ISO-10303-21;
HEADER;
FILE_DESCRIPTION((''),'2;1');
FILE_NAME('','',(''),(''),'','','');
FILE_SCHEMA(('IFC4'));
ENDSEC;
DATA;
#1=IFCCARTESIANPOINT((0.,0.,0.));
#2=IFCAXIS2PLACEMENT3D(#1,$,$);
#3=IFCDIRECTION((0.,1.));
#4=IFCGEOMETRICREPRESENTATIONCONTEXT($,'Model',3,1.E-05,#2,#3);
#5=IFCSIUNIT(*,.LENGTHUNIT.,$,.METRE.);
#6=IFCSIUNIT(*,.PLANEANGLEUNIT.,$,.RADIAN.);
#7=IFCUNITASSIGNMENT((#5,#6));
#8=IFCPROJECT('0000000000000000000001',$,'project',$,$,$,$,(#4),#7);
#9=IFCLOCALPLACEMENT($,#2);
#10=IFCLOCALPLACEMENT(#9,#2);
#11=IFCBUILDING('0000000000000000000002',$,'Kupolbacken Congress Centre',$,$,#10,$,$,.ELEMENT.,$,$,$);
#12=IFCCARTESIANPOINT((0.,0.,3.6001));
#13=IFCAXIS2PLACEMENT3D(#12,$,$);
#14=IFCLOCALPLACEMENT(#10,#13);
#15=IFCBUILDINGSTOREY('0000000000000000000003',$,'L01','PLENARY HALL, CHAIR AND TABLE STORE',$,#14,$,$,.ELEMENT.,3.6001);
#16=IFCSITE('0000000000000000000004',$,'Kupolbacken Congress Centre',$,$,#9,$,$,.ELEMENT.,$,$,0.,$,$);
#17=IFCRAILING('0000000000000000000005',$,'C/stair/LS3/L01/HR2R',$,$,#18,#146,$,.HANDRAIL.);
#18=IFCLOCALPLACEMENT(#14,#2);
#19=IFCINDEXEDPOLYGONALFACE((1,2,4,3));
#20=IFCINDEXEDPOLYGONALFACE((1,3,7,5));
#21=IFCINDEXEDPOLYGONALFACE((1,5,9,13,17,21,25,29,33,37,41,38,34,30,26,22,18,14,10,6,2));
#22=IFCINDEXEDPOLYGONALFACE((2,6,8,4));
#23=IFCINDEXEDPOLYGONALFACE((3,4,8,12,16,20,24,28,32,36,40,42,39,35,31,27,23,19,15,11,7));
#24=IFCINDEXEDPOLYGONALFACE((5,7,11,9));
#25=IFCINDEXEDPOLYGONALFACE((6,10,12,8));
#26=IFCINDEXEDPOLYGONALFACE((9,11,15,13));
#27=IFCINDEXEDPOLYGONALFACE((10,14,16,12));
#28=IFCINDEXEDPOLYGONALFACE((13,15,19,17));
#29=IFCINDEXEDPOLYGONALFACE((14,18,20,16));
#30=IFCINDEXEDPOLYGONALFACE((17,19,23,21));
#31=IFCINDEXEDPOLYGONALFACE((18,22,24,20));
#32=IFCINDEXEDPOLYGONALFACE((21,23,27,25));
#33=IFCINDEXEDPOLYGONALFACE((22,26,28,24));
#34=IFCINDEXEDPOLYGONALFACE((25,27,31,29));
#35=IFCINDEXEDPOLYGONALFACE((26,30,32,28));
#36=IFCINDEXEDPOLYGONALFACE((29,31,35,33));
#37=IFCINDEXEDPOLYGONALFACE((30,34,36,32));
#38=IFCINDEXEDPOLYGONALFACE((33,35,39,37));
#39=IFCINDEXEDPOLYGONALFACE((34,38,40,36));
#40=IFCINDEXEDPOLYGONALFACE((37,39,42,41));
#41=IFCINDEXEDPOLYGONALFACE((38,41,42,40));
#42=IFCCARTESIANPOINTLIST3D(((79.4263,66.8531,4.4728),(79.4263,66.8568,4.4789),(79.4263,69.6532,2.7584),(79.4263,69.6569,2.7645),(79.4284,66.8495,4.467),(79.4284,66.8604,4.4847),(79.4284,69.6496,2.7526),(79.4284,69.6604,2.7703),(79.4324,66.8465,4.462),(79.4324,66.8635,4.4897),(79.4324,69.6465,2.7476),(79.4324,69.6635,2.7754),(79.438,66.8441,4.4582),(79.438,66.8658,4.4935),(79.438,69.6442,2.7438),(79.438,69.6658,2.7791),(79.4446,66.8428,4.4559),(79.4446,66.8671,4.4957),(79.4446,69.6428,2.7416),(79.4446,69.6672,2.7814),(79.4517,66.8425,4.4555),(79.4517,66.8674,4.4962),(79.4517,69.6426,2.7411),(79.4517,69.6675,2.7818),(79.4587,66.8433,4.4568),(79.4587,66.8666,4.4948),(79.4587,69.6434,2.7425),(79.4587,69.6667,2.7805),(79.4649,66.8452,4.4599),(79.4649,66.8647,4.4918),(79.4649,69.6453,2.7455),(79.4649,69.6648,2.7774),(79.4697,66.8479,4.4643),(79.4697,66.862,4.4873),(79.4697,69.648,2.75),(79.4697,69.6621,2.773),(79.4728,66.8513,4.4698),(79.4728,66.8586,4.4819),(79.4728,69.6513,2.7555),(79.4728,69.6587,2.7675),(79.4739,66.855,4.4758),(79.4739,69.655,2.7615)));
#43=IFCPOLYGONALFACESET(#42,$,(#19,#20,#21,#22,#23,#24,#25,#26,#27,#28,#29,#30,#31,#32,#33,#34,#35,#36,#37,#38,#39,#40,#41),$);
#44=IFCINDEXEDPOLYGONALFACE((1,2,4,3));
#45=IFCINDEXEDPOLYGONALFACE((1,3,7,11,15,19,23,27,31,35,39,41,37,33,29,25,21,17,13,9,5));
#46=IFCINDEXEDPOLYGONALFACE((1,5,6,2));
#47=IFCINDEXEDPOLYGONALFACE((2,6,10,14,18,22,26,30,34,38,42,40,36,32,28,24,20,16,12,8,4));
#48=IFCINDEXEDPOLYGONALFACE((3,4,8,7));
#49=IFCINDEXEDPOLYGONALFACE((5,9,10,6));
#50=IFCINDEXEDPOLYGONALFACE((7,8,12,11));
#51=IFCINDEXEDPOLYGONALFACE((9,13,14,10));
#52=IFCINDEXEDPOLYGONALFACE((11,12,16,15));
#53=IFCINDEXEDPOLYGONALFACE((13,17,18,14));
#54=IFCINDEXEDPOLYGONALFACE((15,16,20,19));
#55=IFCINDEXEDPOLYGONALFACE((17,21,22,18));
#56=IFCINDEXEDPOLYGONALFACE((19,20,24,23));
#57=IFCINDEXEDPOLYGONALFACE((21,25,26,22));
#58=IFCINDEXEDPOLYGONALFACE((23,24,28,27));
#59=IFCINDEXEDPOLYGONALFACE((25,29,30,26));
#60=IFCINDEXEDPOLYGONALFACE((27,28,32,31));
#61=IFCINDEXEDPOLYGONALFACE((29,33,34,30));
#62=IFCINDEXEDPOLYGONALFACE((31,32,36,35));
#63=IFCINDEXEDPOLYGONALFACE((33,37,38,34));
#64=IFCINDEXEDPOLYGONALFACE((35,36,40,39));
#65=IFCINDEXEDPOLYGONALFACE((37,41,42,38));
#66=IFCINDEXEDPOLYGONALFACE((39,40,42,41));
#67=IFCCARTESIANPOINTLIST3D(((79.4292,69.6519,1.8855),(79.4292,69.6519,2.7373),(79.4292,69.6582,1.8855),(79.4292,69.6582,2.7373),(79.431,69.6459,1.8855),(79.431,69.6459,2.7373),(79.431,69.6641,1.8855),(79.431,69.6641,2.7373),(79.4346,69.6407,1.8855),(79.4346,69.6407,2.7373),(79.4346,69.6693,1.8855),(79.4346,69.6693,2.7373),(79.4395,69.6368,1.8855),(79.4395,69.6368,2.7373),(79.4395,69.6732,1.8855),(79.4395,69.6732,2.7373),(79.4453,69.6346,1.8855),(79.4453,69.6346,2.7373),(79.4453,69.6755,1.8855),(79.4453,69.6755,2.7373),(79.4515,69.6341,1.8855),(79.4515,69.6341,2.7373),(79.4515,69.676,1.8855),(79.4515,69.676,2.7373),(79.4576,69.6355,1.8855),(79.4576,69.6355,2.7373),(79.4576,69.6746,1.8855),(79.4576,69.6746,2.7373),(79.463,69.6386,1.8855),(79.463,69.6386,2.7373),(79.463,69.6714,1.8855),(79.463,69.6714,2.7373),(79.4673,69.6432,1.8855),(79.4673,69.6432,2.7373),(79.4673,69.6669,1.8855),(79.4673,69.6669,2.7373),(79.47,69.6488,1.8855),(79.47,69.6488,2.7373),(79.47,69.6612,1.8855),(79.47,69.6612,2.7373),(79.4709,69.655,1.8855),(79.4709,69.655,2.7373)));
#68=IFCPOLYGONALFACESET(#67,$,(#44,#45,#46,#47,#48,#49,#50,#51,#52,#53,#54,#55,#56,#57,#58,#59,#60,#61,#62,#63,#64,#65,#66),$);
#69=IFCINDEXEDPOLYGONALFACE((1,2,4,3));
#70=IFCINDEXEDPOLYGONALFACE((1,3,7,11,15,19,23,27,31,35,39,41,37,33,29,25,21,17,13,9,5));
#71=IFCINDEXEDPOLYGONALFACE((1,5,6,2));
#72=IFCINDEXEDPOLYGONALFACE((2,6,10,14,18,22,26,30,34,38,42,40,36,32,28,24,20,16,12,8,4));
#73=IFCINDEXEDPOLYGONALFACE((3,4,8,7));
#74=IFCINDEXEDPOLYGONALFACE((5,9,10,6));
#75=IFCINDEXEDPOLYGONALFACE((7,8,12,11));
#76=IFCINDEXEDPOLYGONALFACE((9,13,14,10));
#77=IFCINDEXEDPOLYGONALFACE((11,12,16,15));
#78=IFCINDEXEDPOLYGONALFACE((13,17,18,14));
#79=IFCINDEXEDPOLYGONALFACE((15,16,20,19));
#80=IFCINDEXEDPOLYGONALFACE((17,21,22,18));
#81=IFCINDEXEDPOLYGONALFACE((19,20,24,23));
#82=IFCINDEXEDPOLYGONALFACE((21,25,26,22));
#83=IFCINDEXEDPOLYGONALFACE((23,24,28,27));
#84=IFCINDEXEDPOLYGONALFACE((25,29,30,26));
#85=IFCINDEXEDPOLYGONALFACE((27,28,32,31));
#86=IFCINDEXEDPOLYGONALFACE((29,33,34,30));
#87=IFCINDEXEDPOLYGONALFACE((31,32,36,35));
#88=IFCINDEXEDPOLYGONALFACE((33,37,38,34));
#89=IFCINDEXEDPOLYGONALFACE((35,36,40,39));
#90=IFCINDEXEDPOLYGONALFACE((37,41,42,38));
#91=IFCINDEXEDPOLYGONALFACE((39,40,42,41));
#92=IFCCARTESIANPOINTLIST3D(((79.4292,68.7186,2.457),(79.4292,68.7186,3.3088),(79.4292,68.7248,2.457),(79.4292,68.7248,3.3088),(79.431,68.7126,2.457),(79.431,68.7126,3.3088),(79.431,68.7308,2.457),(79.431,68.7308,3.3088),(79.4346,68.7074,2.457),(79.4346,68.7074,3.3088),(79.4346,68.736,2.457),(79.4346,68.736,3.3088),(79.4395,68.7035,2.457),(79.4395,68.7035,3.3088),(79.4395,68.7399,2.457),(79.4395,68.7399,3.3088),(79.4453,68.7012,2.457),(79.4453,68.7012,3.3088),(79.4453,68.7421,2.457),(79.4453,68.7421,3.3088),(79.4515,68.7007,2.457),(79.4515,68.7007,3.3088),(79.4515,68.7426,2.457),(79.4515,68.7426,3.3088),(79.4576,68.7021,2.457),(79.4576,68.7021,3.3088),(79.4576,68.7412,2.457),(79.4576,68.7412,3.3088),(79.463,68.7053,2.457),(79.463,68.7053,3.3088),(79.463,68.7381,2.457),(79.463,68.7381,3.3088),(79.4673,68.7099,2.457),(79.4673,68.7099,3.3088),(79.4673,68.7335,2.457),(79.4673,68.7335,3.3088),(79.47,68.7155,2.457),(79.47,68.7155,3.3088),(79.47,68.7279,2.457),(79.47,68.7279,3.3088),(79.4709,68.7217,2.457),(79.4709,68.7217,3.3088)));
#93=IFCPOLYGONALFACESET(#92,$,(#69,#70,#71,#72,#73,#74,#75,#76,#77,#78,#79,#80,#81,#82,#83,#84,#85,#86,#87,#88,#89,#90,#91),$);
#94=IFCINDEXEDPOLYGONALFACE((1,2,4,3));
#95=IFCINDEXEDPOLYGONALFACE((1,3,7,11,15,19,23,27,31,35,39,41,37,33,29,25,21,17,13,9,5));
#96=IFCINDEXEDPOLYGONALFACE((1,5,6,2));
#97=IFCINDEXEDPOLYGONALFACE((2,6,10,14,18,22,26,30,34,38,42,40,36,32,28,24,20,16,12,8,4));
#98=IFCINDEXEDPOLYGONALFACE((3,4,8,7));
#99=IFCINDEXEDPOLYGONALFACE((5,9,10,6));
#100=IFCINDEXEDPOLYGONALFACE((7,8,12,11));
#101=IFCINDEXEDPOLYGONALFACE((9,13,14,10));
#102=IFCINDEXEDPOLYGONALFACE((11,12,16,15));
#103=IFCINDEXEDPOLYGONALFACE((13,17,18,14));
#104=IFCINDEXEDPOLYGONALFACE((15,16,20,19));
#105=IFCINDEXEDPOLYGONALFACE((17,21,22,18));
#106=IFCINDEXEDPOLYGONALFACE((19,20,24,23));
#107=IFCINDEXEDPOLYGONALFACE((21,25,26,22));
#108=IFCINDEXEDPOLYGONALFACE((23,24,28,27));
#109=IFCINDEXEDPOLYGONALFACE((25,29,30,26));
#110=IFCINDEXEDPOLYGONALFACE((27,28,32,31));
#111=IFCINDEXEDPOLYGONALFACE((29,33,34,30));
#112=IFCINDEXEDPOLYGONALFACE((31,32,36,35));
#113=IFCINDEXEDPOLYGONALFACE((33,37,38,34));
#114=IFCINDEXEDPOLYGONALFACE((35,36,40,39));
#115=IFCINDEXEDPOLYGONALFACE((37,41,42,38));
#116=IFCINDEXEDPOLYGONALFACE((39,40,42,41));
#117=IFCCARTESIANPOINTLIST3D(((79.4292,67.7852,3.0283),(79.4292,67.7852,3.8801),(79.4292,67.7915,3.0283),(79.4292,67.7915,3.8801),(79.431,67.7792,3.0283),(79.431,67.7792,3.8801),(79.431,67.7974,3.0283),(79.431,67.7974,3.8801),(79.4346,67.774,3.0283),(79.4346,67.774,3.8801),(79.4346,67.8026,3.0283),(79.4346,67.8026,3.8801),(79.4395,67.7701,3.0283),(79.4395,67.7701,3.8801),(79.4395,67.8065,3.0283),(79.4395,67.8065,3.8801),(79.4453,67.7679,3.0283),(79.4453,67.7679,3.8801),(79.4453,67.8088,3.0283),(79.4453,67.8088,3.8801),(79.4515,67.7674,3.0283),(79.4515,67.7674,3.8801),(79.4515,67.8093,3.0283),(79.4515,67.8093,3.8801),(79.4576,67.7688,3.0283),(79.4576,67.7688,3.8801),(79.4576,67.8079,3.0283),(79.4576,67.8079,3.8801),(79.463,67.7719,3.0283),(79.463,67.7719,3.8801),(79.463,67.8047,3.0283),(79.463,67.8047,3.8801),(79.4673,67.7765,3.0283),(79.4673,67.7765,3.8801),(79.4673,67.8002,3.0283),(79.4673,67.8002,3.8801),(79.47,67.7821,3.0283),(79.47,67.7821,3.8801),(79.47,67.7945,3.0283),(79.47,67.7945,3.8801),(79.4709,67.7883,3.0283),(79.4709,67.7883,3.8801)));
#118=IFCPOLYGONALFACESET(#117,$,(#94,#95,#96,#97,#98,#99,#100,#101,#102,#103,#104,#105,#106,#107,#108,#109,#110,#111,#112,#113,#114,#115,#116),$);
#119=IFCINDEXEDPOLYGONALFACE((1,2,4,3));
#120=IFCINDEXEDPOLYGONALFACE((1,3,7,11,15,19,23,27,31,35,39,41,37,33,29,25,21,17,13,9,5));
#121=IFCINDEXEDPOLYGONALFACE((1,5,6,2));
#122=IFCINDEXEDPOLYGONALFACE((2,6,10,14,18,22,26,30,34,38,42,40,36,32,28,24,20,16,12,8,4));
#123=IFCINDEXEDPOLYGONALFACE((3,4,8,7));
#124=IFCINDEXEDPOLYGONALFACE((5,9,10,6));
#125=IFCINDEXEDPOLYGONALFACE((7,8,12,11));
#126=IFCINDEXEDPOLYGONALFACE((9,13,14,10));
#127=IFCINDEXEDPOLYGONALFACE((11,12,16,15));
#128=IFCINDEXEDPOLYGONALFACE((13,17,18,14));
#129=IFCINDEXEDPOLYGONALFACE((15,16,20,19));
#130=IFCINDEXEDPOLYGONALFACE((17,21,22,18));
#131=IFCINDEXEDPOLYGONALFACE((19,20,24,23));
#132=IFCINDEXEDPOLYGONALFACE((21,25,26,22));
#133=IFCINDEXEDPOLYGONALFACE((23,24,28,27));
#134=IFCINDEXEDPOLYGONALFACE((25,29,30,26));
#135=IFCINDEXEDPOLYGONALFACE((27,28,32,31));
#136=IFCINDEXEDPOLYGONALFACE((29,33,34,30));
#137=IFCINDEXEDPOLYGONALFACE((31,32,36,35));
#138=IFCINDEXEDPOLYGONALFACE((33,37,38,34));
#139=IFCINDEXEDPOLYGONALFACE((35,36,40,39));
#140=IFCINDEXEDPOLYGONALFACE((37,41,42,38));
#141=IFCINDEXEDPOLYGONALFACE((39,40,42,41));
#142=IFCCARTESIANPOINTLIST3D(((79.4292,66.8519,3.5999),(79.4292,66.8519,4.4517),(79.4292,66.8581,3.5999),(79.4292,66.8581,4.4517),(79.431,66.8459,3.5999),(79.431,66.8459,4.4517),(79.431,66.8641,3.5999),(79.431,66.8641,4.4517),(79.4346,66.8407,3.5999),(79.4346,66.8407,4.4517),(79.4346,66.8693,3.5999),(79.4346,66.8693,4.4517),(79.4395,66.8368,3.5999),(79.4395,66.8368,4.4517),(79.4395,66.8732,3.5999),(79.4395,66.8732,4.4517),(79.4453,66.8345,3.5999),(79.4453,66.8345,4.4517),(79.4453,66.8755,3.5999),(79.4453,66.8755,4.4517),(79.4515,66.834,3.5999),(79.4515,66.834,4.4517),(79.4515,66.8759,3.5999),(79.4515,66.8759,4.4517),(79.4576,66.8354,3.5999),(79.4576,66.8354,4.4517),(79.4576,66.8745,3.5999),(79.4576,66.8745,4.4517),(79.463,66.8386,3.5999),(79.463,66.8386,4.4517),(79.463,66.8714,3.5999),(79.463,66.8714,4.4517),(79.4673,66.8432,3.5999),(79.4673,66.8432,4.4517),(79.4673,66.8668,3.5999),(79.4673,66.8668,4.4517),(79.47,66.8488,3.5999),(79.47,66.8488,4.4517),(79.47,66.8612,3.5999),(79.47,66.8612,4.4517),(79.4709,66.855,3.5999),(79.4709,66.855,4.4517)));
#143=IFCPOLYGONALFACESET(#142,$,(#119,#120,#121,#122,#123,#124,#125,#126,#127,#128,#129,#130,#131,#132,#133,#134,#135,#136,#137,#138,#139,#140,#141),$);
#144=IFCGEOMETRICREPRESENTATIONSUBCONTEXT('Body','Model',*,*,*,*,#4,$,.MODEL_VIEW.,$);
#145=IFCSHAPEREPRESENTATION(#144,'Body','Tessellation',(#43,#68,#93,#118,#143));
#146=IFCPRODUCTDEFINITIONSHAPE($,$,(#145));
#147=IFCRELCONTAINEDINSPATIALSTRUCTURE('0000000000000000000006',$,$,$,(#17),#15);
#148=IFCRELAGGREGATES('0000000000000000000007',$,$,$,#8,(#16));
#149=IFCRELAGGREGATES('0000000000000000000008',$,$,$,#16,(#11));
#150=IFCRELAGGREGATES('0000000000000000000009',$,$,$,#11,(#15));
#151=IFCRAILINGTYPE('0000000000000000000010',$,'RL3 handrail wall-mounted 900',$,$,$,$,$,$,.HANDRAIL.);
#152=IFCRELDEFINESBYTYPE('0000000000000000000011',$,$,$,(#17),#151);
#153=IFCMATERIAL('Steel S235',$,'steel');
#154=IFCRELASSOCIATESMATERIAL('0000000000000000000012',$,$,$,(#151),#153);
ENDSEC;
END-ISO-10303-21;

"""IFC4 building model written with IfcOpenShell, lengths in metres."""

from ifc_helpers import new_model, si_unit, direction, frame, origin, origin_2d, place, context, subcontext, project, spatial, circle, extrude, material, type_object, element, save


model = new_model("IFC4")

# Units and contexts
model_context = context("Model", 3, precision=1e-05, world=origin(), true_north=direction((0.0, 1.0)))
body_context = subcontext(model_context, "Body", "Model", "MODEL_VIEW")
ifc_project = project(units=[si_unit("LENGTHUNIT", "METRE"), si_unit("PLANEANGLEUNIT", "RADIAN")], contexts=[model_context])

# Site, building, storey
site_placement = place(None, origin())
site = spatial("IfcSite", under=ifc_project, at=site_placement, Name="Kupolbacken Congress Centre", CompositionType="ELEMENT", RefElevation=0.0)
building_placement = place(site_placement, origin())
building = spatial("IfcBuilding", under=site, at=building_placement, Name="Kupolbacken Congress Centre", CompositionType="ELEMENT")
storey_placement = place(building_placement, frame((0.0, 0.0, 3.6001)))
storey = spatial("IfcBuildingStorey", under=building, at=storey_placement, Name="L01", Description="PLENARY HALL, CHAIR AND TABLE STORE", CompositionType="ELEMENT", Elevation=3.6001)

# Railing
ifc_material_1 = material(Name="Steel S235", Category="steel")
railing_type = type_object("IfcRailingType", Name="RL3 handrail wall-mounted 900", PredefinedType="HANDRAIL", material=ifc_material_1)
for number, where, name in (
    (1, (79.45, 69.655, 1.8855), "C/stair/LS3/L01/HR2R"),
):
    element("IfcRailing", number, at=place(storey_placement, frame(where)), inside=storey, type_object=railing_type, Name=name, PredefinedType="HANDRAIL", context=body_context, shape_type="SweptSolid", body=[
        extrude(circle(Radius=0.0239, at=origin_2d()), frame((0.0, 0.0, 0.876), z_axis=(0.0, -0.852846, 0.522163), x_axis=(1.0, 0.0, 0.0)), (0.0, 0.0, 1.0), 3.2832),
        extrude(circle(Radius=0.021, at=origin_2d()), origin(), (0.0, 0.0, 1.0), 0.8518),
        extrude(circle(Radius=0.021, at=origin_2d()), frame((0.0, -0.9333, 0.5715)), (0.0, 0.0, 1.0), 0.8518),
        extrude(circle(Radius=0.021, at=origin_2d()), frame((0.0, -1.8667, 1.1428)), (0.0, 0.0, 1.0), 0.8518),
        extrude(circle(Radius=0.021, at=origin_2d()), frame((0.0, -2.8, 1.7144)), (0.0, 0.0, 1.0), 0.8518),
    ])

save(model, "model.ifc")
